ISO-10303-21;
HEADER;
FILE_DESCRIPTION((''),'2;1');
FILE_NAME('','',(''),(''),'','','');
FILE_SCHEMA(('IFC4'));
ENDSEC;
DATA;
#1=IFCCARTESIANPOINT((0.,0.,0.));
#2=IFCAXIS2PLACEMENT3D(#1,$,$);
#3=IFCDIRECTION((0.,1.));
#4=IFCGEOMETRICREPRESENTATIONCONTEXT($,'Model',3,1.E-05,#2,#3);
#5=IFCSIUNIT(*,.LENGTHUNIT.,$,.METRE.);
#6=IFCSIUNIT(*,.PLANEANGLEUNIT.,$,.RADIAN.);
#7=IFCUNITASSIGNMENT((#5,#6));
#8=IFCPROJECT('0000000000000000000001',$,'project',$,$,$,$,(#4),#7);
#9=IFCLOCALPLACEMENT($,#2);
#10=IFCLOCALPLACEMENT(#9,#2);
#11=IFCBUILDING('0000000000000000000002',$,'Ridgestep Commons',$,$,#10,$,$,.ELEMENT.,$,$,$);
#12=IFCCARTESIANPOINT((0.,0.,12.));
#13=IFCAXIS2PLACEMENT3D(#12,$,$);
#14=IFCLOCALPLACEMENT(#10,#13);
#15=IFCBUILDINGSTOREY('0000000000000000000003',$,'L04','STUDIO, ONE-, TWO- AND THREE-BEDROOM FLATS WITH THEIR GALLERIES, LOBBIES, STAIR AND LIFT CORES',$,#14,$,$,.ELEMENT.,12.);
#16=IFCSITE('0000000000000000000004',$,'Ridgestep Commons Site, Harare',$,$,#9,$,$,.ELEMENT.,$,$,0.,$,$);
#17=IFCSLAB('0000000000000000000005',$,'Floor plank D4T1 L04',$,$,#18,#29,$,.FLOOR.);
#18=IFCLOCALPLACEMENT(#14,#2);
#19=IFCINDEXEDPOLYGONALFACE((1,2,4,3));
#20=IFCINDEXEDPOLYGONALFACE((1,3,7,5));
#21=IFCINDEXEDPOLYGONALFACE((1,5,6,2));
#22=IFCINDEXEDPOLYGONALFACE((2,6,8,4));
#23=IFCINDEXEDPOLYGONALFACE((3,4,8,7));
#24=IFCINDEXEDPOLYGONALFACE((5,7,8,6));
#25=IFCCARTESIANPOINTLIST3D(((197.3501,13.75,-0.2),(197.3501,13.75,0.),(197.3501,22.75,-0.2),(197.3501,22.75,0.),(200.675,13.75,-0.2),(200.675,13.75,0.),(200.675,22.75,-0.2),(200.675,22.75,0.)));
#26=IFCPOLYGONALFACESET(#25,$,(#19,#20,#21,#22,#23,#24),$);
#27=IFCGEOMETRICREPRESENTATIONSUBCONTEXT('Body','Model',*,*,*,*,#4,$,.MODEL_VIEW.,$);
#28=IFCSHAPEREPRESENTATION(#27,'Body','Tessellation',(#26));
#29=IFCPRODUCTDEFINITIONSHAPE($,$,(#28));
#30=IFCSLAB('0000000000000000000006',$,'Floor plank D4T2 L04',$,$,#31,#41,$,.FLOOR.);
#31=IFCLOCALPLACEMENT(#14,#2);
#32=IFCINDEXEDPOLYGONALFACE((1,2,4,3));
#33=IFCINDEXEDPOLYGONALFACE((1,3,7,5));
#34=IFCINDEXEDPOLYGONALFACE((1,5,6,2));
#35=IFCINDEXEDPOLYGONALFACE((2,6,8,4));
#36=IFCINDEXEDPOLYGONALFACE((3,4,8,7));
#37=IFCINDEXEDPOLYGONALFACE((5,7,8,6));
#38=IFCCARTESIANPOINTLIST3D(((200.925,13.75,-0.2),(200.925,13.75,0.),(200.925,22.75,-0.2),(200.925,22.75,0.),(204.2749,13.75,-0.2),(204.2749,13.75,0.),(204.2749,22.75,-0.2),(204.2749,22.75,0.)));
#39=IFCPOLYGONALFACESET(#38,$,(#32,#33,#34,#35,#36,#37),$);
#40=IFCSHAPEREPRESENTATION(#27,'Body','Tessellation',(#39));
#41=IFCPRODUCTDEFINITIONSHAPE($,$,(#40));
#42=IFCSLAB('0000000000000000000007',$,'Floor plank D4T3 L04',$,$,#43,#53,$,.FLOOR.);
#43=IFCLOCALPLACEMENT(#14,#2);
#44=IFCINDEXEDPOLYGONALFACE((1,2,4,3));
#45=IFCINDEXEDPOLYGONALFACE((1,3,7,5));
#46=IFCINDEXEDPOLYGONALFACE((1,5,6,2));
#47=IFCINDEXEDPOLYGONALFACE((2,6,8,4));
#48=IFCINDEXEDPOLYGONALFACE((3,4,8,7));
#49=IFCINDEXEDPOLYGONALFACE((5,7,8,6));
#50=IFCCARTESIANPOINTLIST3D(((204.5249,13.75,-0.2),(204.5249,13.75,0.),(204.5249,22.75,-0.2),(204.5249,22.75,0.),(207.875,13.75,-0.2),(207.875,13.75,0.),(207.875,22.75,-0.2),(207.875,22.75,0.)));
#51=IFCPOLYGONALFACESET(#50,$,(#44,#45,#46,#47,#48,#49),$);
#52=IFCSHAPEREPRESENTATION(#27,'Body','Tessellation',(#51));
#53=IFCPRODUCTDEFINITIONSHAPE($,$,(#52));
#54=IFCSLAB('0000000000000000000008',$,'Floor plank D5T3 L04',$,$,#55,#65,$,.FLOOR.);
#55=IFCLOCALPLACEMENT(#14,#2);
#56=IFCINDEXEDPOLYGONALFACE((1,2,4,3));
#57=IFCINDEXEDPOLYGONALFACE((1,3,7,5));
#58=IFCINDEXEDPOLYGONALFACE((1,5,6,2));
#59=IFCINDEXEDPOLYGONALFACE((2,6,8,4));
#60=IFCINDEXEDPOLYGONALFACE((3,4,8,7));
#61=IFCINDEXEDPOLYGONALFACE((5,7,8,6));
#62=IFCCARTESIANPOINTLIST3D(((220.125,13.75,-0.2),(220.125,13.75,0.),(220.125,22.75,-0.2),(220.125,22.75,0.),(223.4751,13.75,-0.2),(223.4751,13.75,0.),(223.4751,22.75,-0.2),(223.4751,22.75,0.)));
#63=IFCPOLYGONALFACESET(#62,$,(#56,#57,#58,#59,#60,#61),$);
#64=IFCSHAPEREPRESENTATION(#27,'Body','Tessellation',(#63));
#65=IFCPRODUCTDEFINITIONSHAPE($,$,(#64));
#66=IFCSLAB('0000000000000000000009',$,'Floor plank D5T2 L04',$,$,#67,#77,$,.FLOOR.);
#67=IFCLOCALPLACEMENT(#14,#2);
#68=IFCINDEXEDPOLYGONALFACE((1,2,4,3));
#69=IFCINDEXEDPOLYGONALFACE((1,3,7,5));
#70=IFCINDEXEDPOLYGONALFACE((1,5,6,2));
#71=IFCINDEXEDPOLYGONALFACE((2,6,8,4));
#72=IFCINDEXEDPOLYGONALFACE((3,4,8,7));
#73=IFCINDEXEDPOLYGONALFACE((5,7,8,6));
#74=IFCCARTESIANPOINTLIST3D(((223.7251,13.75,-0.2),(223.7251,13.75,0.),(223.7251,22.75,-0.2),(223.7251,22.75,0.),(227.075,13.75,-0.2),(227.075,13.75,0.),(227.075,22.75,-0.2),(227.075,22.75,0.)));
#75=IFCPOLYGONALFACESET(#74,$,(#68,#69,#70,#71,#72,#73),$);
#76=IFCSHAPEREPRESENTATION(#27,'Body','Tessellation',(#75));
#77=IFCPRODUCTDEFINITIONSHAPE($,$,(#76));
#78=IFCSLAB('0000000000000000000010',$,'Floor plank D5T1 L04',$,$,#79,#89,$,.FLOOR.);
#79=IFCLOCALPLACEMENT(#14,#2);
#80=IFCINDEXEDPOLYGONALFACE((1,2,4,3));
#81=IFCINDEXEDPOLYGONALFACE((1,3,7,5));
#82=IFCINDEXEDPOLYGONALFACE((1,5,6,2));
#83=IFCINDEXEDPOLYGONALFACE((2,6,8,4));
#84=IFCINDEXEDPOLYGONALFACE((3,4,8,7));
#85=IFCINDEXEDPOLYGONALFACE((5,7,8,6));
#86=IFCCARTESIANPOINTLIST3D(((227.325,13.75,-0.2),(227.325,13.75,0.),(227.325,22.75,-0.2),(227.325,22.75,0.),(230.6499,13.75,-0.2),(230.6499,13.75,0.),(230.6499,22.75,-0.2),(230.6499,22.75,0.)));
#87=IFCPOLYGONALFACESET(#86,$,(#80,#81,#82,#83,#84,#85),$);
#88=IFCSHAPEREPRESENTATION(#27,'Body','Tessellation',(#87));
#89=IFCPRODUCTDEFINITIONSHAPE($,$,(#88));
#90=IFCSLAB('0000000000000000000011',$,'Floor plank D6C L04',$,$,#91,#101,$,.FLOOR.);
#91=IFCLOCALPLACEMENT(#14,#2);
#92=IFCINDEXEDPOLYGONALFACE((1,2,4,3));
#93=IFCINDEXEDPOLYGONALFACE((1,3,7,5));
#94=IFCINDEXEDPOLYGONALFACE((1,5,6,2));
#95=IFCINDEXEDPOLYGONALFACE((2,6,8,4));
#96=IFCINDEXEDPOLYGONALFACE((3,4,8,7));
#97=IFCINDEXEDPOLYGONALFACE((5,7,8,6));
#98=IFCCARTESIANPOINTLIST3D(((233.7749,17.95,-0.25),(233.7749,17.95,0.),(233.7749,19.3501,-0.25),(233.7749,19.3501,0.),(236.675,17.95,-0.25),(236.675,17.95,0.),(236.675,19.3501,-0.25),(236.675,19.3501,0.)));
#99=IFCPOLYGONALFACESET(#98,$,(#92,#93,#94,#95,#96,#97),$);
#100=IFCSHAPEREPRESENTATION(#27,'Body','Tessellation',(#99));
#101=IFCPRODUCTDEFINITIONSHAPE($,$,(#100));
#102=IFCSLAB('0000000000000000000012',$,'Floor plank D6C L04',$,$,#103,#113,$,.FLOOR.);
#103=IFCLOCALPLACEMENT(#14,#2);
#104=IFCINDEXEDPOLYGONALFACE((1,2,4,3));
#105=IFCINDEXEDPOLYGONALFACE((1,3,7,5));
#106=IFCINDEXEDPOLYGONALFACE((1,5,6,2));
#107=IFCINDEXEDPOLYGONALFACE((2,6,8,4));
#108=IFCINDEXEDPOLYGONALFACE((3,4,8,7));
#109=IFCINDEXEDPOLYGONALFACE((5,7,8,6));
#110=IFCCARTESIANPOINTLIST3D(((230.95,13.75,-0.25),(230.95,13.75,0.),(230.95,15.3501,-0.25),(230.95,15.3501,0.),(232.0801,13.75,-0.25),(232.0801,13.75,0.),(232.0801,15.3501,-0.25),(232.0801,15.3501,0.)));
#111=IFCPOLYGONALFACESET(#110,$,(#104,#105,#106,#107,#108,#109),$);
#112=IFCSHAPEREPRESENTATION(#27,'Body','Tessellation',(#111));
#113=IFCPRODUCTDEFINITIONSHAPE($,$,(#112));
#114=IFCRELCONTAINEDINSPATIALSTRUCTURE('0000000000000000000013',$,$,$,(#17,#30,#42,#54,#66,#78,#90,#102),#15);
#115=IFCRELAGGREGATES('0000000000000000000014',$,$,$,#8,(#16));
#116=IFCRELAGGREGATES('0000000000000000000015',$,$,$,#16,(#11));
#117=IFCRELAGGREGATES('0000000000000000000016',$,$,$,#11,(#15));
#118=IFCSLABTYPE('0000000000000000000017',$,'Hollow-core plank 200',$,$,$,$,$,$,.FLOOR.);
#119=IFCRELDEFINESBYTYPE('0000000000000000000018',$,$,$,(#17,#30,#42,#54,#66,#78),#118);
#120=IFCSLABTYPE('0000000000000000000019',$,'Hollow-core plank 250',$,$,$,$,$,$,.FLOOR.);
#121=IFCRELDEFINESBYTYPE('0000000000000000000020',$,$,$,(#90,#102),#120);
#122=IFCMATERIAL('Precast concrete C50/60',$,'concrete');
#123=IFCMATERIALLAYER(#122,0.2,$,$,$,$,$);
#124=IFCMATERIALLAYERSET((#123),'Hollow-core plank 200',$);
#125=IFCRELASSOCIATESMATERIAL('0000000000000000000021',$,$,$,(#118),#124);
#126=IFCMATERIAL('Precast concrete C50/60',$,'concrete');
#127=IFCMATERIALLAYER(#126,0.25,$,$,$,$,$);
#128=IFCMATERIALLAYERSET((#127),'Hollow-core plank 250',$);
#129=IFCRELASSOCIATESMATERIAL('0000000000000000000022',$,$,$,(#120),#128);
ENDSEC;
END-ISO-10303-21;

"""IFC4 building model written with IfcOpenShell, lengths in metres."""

from ifc_helpers import new_model, si_unit, direction, frame, origin, place, context, subcontext, project, spatial, polyline, outline, extrude, material, layer, layer_set, type_object, element, save


model = new_model("IFC4")

# Units and contexts
model_context = context("Model", 3, precision=1e-05, world=origin(), true_north=direction((0.0, 1.0)))
body_context = subcontext(model_context, "Body", "Model", "MODEL_VIEW")
ifc_project = project(units=[si_unit("LENGTHUNIT", "METRE"), si_unit("PLANEANGLEUNIT", "RADIAN")], contexts=[model_context])

# Site, building, storey
site_placement = place(None, origin())
site = spatial("IfcSite", under=ifc_project, at=site_placement, Name="Ridgestep Commons Site, Harare", CompositionType="ELEMENT", RefElevation=0.0)
building_placement = place(site_placement, origin())
building = spatial("IfcBuilding", under=site, at=building_placement, Name="Ridgestep Commons", CompositionType="ELEMENT")
storey_placement = place(building_placement, frame((0.0, 0.0, 12.0)))
storey = spatial("IfcBuildingStorey", under=building, at=storey_placement, Name="L04", Description="STUDIO, ONE-, TWO- AND THREE-BEDROOM FLATS WITH THEIR GALLERIES, LOBBIES, STAIR AND LIFT CORES", CompositionType="ELEMENT", Elevation=12.0)

# Slabs
ifc_material_1 = material(Name="Precast concrete C50/60", Category="concrete")
ifc_layer_1 = layer(ifc_material_1, 0.2)
ifc_layer_set_1 = layer_set([ifc_layer_1], Name="Hollow-core plank 200")
slab_type_1 = type_object("IfcSlabType", Name="Hollow-core plank 200", PredefinedType="FLOOR", material=ifc_layer_set_1)
slab_1_placement = place(storey_placement, frame((0.0, 0.0, -0.2)))
element("IfcSlab", 1, at=slab_1_placement, inside=storey, type_object=slab_type_1, Name="Floor plank D4T1 L04", PredefinedType="FLOOR", context=body_context, shape_type="SweptSolid", body=[
    extrude(outline(polyline([(200.675, 13.75), (200.675, 22.75), (197.3501, 22.75), (197.3501, 13.75), (200.675, 13.75)])), origin(), (0.0, 0.0, 1.0), 0.2),
])
slab_2_placement = place(storey_placement, frame((0.0, 0.0, -0.2)))
element("IfcSlab", 2, at=slab_2_placement, inside=storey, type_object=slab_type_1, Name="Floor plank D4T2 L04", PredefinedType="FLOOR", context=body_context, shape_type="SweptSolid", body=[
    extrude(outline(polyline([(204.2749, 13.75), (204.2749, 22.75), (200.925, 22.75), (200.925, 13.75), (204.2749, 13.75)])), origin(), (0.0, 0.0, 1.0), 0.2),
])
slab_3_placement = place(storey_placement, frame((0.0, 0.0, -0.2)))
element("IfcSlab", 3, at=slab_3_placement, inside=storey, type_object=slab_type_1, Name="Floor plank D4T3 L04", PredefinedType="FLOOR", context=body_context, shape_type="SweptSolid", body=[
    extrude(outline(polyline([(207.875, 13.75), (207.875, 22.75), (204.5249, 22.75), (204.5249, 13.75), (207.875, 13.75)])), origin(), (0.0, 0.0, 1.0), 0.2),
])
slab_4_placement = place(storey_placement, frame((0.0, 0.0, -0.2)))
element("IfcSlab", 4, at=slab_4_placement, inside=storey, type_object=slab_type_1, Name="Floor plank D5T3 L04", PredefinedType="FLOOR", context=body_context, shape_type="SweptSolid", body=[
    extrude(outline(polyline([(223.4751, 13.75), (223.4751, 22.75), (220.125, 22.75), (220.125, 13.75), (223.4751, 13.75)])), origin(), (0.0, 0.0, 1.0), 0.2),
])
slab_5_placement = place(storey_placement, frame((0.0, 0.0, -0.2)))
element("IfcSlab", 5, at=slab_5_placement, inside=storey, type_object=slab_type_1, Name="Floor plank D5T2 L04", PredefinedType="FLOOR", context=body_context, shape_type="SweptSolid", body=[
    extrude(outline(polyline([(227.075, 13.75), (227.075, 22.75), (223.7251, 22.75), (223.7251, 13.75), (227.075, 13.75)])), origin(), (0.0, 0.0, 1.0), 0.2),
])
slab_6_placement = place(storey_placement, frame((0.0, 0.0, -0.2)))
element("IfcSlab", 6, at=slab_6_placement, inside=storey, type_object=slab_type_1, Name="Floor plank D5T1 L04", PredefinedType="FLOOR", context=body_context, shape_type="SweptSolid", body=[
    extrude(outline(polyline([(230.6499, 13.75), (230.6499, 22.75), (227.325, 22.75), (227.325, 13.75), (230.6499, 13.75)])), origin(), (0.0, 0.0, 1.0), 0.2),
])
ifc_material_2 = material(Name="Precast concrete C50/60", Category="concrete")
ifc_layer_2 = layer(ifc_material_2, 0.25)
ifc_layer_set_2 = layer_set([ifc_layer_2], Name="Hollow-core plank 250")
slab_type_2 = type_object("IfcSlabType", Name="Hollow-core plank 250", PredefinedType="FLOOR", material=ifc_layer_set_2)
slab_7_placement = place(storey_placement, frame((0.0, 0.0, -0.25)))
element("IfcSlab", 7, at=slab_7_placement, inside=storey, type_object=slab_type_2, Name="Floor plank D6C L04", PredefinedType="FLOOR", context=body_context, shape_type="SweptSolid", body=[
    extrude(outline(polyline([(236.675, 17.95), (236.675, 19.3501), (233.7749, 19.3501), (233.7749, 17.95), (236.675, 17.95)])), origin(), (0.0, 0.0, 1.0), 0.25),
])
slab_8_placement = place(storey_placement, frame((0.0, 0.0, -0.25)))
element("IfcSlab", 8, at=slab_8_placement, inside=storey, type_object=slab_type_2, Name="Floor plank D6C L04", PredefinedType="FLOOR", context=body_context, shape_type="SweptSolid", body=[
    extrude(outline(polyline([(232.0801, 15.3501), (230.95, 15.3501), (230.95, 13.75), (232.0801, 13.75), (232.0801, 15.3501)])), origin(), (0.0, 0.0, 1.0), 0.25),
])

save(model, "model.ifc")
